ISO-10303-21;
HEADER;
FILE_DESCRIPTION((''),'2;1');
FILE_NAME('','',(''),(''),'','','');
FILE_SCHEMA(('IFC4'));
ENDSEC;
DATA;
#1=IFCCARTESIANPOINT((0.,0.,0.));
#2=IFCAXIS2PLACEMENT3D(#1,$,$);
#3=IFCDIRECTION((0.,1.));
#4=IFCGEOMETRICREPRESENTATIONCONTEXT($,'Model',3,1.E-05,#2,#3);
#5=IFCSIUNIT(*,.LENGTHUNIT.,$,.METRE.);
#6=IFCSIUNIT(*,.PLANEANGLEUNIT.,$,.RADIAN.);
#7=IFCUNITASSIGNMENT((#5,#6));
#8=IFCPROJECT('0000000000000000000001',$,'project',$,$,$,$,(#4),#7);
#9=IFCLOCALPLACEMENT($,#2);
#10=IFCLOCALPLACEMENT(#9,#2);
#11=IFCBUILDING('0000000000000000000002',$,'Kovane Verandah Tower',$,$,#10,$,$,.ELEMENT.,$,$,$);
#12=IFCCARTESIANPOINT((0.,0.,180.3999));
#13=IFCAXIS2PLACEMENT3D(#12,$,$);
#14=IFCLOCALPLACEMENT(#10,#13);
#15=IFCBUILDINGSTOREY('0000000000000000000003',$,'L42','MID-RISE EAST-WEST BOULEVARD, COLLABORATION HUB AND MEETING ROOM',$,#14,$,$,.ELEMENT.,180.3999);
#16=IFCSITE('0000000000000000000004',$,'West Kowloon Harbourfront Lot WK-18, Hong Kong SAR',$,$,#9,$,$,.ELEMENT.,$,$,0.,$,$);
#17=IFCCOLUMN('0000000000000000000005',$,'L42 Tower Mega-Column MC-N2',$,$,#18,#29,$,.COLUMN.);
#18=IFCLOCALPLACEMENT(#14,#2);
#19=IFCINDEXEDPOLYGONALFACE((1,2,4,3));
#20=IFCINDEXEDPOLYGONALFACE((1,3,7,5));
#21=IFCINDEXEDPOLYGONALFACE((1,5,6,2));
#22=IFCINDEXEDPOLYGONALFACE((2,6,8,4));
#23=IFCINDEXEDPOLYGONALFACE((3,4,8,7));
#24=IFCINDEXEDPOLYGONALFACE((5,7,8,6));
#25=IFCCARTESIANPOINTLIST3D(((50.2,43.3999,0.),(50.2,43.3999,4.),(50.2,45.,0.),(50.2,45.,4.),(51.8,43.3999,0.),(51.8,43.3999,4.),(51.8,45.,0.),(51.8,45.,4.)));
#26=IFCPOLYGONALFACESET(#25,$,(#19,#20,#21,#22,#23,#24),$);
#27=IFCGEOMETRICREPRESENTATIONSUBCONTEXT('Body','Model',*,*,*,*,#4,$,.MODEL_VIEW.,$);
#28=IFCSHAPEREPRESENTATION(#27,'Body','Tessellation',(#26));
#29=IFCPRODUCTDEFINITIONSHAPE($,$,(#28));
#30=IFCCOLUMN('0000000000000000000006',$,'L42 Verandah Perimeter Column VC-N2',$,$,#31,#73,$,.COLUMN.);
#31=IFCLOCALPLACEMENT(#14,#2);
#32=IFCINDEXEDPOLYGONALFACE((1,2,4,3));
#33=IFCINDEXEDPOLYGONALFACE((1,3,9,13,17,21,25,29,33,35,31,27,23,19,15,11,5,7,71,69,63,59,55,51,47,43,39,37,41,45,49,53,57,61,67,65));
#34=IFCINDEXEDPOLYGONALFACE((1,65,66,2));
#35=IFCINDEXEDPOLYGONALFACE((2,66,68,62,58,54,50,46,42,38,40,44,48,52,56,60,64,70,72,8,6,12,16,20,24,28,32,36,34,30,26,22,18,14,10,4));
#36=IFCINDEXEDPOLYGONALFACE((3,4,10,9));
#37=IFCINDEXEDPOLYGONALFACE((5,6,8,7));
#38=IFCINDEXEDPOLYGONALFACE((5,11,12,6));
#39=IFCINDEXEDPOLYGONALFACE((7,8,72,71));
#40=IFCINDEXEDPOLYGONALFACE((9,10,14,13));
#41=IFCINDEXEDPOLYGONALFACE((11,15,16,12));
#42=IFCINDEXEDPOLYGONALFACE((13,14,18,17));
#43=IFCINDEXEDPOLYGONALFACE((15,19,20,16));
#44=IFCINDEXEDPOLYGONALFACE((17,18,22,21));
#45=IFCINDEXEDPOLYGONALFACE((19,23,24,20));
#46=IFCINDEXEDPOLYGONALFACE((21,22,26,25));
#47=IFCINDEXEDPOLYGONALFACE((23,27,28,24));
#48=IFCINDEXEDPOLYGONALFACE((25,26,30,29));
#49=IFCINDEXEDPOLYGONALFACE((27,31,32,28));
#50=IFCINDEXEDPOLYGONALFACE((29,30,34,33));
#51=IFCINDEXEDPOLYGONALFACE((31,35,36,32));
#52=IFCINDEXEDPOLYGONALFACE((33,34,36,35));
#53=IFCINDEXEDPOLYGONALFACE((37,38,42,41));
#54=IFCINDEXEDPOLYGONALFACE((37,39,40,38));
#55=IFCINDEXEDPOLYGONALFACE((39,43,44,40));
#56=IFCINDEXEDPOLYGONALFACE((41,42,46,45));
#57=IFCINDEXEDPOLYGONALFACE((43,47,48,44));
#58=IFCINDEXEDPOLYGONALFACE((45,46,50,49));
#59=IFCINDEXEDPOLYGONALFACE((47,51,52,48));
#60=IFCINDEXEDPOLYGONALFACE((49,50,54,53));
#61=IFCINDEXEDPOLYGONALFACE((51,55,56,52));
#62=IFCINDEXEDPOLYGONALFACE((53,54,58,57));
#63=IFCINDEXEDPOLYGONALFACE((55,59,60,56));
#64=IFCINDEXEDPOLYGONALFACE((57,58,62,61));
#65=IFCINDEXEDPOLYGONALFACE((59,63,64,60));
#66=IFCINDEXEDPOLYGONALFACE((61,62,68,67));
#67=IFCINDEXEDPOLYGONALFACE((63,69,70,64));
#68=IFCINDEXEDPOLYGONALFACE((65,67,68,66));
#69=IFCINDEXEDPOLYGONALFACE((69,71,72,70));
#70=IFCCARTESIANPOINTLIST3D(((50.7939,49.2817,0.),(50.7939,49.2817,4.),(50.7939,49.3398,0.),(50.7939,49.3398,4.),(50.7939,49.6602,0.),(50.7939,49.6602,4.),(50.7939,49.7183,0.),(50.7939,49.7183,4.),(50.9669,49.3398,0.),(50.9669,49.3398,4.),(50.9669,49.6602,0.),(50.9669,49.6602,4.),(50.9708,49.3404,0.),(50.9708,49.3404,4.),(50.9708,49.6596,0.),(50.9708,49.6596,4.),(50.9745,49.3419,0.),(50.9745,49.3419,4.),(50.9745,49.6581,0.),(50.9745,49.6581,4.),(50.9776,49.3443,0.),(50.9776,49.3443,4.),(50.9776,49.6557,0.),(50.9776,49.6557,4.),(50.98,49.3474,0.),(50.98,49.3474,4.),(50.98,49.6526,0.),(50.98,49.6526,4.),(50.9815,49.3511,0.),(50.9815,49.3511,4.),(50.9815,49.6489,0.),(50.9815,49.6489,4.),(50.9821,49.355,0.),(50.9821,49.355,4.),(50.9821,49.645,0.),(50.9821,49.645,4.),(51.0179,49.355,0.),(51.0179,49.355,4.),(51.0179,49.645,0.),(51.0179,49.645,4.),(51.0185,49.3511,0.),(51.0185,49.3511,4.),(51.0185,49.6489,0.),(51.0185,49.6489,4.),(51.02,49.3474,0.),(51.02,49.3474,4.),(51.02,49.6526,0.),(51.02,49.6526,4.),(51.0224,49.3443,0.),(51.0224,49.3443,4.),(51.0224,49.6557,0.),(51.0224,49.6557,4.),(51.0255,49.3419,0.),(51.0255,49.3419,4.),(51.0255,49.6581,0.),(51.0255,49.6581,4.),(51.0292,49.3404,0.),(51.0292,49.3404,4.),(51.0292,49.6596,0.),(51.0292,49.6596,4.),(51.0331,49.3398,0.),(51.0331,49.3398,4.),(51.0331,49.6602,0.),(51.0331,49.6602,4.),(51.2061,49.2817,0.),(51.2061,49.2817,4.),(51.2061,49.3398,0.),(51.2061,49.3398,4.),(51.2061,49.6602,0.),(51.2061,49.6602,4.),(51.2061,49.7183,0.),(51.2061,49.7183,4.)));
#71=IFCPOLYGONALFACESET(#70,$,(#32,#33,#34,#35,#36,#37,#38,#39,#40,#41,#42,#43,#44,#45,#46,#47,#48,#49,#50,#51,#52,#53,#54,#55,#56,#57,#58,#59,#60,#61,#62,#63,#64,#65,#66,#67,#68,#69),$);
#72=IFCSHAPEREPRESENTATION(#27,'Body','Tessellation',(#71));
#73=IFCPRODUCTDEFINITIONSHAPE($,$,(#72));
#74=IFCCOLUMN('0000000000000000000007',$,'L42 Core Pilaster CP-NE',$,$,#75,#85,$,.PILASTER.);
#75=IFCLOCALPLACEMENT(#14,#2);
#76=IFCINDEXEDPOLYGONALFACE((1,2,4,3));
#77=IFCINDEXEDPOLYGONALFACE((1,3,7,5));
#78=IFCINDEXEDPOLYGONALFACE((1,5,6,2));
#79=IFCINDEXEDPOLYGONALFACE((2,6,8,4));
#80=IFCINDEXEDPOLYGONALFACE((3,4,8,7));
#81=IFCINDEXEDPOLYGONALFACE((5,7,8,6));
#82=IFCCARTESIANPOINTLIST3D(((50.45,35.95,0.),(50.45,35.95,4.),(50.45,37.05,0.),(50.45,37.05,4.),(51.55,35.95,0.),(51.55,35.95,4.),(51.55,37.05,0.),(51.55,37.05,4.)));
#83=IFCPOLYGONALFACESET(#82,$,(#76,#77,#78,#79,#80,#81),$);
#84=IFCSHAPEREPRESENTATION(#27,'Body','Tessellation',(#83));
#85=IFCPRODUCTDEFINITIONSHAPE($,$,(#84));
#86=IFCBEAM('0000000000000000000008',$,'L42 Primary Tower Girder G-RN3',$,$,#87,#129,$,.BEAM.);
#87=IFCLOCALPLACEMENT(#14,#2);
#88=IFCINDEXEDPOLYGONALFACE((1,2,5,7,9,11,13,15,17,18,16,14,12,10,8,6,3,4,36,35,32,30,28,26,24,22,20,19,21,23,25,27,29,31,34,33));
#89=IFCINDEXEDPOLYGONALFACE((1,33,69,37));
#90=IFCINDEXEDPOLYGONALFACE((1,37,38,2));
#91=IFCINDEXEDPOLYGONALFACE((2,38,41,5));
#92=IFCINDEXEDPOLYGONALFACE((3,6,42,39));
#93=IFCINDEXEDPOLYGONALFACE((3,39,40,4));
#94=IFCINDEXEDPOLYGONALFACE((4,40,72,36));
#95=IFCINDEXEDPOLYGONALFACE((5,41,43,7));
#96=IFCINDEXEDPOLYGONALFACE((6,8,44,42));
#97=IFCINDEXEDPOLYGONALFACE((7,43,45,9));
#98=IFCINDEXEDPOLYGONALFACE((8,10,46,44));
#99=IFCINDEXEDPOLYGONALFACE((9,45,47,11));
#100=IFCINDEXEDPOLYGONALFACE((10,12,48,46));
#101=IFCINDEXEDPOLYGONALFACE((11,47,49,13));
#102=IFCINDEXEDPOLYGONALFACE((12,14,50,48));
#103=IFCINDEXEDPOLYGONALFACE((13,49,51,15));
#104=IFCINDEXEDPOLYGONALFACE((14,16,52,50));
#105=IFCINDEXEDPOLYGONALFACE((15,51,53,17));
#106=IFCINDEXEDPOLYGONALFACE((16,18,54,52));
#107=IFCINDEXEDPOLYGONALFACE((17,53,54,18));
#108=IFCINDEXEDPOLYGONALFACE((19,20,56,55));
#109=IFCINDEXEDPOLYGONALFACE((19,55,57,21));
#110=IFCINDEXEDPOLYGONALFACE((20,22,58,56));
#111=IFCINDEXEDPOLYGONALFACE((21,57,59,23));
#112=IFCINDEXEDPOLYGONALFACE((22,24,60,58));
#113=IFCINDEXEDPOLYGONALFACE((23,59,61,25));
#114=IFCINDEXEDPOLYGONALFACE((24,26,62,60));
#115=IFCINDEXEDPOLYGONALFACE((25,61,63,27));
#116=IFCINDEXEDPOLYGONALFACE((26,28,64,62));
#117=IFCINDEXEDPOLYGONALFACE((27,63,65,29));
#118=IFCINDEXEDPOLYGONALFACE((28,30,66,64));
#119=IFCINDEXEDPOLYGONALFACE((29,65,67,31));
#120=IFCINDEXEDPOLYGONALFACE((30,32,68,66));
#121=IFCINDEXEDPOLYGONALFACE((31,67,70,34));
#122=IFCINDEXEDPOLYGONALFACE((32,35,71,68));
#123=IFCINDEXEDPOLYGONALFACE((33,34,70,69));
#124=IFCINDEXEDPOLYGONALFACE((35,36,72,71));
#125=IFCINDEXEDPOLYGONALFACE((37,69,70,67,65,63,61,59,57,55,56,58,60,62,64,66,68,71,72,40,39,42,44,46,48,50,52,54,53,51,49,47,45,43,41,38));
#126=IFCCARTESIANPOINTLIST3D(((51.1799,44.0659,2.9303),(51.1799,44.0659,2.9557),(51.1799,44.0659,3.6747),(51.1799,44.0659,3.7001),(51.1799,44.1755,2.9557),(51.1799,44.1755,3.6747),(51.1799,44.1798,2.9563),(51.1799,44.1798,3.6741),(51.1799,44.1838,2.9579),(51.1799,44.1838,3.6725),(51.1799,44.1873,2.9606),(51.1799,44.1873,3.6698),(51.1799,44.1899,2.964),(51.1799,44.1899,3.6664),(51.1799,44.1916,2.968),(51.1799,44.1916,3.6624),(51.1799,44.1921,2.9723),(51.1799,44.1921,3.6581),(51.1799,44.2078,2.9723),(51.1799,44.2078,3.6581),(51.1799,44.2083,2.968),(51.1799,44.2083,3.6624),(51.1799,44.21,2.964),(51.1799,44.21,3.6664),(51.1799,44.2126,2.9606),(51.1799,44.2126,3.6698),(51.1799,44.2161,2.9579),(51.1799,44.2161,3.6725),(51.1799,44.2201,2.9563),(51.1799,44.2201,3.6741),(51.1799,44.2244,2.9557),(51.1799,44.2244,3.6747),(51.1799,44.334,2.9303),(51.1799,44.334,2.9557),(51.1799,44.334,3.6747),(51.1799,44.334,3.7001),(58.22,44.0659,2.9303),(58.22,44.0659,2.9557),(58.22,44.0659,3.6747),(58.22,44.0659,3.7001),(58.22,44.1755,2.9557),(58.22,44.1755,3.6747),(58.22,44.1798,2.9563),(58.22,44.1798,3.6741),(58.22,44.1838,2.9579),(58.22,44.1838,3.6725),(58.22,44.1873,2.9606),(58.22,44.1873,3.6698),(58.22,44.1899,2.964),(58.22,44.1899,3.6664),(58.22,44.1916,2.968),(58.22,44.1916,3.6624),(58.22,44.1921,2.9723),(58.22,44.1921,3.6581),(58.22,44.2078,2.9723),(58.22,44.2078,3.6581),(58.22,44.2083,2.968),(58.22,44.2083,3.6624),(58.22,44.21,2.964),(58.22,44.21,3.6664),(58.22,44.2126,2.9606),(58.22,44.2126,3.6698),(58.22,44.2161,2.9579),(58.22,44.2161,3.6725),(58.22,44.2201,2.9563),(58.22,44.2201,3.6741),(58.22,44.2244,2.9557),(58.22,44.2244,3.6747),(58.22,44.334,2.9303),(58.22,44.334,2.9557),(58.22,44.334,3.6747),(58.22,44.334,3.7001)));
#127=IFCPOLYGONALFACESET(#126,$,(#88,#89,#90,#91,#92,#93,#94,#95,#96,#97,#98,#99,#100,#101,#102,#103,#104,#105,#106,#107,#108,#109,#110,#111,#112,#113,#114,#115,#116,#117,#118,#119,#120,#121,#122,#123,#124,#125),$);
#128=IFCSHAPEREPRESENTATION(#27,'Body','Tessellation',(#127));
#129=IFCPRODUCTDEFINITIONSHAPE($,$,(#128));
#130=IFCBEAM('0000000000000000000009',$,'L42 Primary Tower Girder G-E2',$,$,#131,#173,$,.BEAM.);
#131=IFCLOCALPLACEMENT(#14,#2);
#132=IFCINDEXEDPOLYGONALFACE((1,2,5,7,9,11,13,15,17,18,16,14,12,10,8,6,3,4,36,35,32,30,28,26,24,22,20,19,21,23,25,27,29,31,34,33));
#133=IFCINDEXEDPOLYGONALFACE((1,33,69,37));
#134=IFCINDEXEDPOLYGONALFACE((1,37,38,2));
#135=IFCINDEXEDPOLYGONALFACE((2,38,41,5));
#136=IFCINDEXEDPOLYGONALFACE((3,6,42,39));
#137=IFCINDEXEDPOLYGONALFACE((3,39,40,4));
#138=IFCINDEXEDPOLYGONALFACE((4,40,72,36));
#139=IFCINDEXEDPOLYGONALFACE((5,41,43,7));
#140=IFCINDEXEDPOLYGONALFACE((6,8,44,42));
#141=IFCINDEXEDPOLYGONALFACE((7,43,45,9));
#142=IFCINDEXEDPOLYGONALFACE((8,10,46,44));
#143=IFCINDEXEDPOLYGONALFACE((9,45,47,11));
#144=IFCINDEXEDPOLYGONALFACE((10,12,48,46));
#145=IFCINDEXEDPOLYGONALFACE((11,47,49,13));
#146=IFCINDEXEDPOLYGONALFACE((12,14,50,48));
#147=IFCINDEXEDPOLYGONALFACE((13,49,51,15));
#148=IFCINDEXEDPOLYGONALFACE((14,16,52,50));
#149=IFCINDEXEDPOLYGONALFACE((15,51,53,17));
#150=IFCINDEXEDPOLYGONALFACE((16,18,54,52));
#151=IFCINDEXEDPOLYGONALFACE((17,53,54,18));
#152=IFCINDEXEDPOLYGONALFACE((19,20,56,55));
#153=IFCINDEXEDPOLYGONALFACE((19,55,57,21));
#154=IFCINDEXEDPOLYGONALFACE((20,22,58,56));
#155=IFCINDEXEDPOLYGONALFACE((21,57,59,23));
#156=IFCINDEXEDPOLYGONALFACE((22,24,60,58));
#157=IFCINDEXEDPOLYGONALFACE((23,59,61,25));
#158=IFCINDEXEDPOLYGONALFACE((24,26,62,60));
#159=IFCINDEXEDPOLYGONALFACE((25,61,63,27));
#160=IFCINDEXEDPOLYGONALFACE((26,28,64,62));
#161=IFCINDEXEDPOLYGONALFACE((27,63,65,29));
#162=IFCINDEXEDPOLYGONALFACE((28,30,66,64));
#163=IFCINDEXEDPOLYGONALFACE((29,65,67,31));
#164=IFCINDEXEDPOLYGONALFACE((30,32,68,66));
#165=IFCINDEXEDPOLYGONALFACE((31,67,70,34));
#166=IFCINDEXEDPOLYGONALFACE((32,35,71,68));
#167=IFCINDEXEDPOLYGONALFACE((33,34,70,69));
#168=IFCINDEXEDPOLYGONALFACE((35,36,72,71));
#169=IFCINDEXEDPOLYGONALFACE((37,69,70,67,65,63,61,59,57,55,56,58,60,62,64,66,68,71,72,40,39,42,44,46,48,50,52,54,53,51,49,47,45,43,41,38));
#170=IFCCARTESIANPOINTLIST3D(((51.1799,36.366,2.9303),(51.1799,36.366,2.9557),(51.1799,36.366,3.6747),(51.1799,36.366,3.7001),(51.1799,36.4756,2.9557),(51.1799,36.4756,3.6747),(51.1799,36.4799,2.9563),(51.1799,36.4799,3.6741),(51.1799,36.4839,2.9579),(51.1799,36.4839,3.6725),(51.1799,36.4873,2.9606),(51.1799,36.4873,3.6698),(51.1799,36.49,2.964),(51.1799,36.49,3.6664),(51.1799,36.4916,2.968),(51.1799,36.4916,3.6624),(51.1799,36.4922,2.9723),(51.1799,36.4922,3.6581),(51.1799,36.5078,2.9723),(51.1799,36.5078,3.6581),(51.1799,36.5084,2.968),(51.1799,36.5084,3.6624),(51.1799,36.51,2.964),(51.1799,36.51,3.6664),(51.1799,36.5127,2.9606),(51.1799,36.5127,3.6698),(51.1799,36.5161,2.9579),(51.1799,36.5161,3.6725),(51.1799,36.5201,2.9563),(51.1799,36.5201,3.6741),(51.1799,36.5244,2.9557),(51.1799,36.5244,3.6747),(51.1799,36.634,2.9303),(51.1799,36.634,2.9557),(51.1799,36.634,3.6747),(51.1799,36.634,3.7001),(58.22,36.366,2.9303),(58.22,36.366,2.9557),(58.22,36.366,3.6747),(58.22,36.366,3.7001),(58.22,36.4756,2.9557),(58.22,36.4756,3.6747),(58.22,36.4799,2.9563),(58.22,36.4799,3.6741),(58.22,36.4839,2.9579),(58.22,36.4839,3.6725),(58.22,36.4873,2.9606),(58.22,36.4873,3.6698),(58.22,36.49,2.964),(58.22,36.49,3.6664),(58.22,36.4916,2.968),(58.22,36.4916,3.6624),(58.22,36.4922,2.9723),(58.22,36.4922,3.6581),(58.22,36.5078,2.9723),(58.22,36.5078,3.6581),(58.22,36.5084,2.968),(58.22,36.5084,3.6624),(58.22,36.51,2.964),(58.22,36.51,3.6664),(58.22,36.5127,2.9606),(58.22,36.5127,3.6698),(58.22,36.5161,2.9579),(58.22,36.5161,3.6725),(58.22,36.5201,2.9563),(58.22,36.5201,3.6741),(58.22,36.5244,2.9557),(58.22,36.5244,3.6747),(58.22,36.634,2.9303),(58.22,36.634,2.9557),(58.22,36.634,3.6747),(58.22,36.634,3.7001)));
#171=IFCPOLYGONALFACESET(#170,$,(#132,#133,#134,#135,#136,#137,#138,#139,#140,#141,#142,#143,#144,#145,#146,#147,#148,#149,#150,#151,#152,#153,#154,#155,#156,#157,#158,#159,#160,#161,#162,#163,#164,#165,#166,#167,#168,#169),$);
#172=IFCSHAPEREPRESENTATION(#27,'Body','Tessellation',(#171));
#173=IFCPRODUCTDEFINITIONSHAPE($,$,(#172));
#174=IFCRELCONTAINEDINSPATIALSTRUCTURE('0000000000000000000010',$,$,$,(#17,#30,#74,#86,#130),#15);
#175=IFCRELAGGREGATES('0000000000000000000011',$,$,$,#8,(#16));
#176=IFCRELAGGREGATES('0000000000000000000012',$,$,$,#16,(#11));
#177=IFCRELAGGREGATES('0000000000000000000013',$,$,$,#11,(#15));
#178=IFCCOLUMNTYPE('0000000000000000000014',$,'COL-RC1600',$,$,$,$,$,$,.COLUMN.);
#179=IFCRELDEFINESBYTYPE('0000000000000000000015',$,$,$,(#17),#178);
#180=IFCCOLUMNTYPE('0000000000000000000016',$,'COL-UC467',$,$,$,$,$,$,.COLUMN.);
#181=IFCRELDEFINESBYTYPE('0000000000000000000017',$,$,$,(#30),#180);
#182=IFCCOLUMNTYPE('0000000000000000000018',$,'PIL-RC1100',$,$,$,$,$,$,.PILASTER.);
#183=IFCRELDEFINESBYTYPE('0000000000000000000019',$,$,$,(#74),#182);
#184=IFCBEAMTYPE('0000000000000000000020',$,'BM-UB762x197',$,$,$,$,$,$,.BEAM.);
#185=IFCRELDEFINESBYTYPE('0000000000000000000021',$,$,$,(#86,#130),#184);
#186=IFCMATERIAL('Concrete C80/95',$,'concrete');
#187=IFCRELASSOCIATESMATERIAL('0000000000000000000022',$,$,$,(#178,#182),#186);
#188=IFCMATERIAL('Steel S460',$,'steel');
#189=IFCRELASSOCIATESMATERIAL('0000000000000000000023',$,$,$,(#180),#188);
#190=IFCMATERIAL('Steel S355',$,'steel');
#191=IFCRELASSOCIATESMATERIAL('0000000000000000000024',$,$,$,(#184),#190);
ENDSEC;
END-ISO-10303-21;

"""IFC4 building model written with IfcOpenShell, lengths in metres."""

from ifc_helpers import new_model, si_unit, direction, frame, origin, origin_2d, place, context, subcontext, project, spatial, rectangle, i_section, extrude, material, material_profile, profile_set, type_object, element, save


model = new_model("IFC4")

# Units and contexts
model_context = context("Model", 3, precision=1e-05, world=origin(), true_north=direction((0.0, 1.0)))
body_context = subcontext(model_context, "Body", "Model", "MODEL_VIEW")
ifc_project = project(units=[si_unit("LENGTHUNIT", "METRE"), si_unit("PLANEANGLEUNIT", "RADIAN")], contexts=[model_context])

# Site, building, storey
site_placement = place(None, origin())
site = spatial("IfcSite", under=ifc_project, at=site_placement, Name="West Kowloon Harbourfront Lot WK-18, Hong Kong SAR", CompositionType="ELEMENT", RefElevation=0.0)
building_placement = place(site_placement, origin())
building = spatial("IfcBuilding", under=site, at=building_placement, Name="Kovane Verandah Tower", CompositionType="ELEMENT")
storey_placement = place(building_placement, frame((0.0, 0.0, 180.3999)))
storey = spatial("IfcBuildingStorey", under=building, at=storey_placement, Name="L42", Description="MID-RISE EAST-WEST BOULEVARD, COLLABORATION HUB AND MEETING ROOM", CompositionType="ELEMENT", Elevation=180.3999)

# Columns
ifc_material_1 = material(Name="Concrete C80/95", Category="concrete")
ifc_material_profile_1 = material_profile(ifc_material_1, rectangle(XDim=1.6001, YDim=1.6001, at=origin_2d()), Name="RC1600x1600")
ifc_profile_set_1 = profile_set([ifc_material_profile_1], Name="Concrete C80/95")
column_type_1 = type_object("IfcColumnType", Name="COL-RC1600", PredefinedType="COLUMN", material=ifc_profile_set_1)
column_1_placement = place(storey_placement, frame((51.0, 44.2, 0.0), z_axis=(0.0, 0.0, 1.0), x_axis=(1.0, 0.0, 0.0)))
element("IfcColumn", 1, at=column_1_placement, inside=storey, type_object=column_type_1, Name="L42 Tower Mega-Column MC-N2", PredefinedType="COLUMN", context=body_context, shape_type="SweptSolid", body=[
    extrude(rectangle(XDim=1.6001, YDim=1.6001, at=origin_2d()), origin(), (0.0, 0.0, 1.0), 4.0),
])
ifc_material_2 = material(Name="Steel S460", Category="steel")
ifc_material_profile_2 = material_profile(ifc_material_2, i_section(OverallWidth=0.4121, OverallDepth=0.4365, WebThickness=0.0359, FlangeThickness=0.0581, FilletRadius=0.0151, at=origin_2d()), Name="UC356x406x467")
ifc_profile_set_2 = profile_set([ifc_material_profile_2], Name="Steel S460")
column_type_2 = type_object("IfcColumnType", Name="COL-UC467", PredefinedType="COLUMN", material=ifc_profile_set_2)
column_2_placement = place(storey_placement, frame((51.0, 49.5, 0.0), z_axis=(0.0, 0.0, 1.0), x_axis=(1.0, 0.0, 0.0)))
element("IfcColumn", 2, at=column_2_placement, inside=storey, type_object=column_type_2, Name="L42 Verandah Perimeter Column VC-N2", PredefinedType="COLUMN", context=body_context, shape_type="SweptSolid", body=[
    extrude(i_section(OverallWidth=0.4121, OverallDepth=0.4365, WebThickness=0.0359, FlangeThickness=0.0581, FilletRadius=0.0151, at=origin_2d()), origin(), (0.0, 0.0, 1.0), 4.0),
])
ifc_material_profile_3 = material_profile(ifc_material_1, rectangle(XDim=1.1001, YDim=1.1001, at=origin_2d()), Name="RC1100x1100")
ifc_profile_set_3 = profile_set([ifc_material_profile_3], Name="Concrete C80/95")
column_type_3 = type_object("IfcColumnType", Name="PIL-RC1100", PredefinedType="PILASTER", material=ifc_profile_set_3)
column_3_placement = place(storey_placement, frame((51.0, 36.5, 0.0), z_axis=(0.0, 0.0, 1.0), x_axis=(1.0, 0.0, 0.0)))
element("IfcColumn", 3, at=column_3_placement, inside=storey, type_object=column_type_3, Name="L42 Core Pilaster CP-NE", PredefinedType="PILASTER", context=body_context, shape_type="SweptSolid", body=[
    extrude(rectangle(XDim=1.1001, YDim=1.1001, at=origin_2d()), origin(), (0.0, 0.0, 1.0), 4.0),
])

# Beams
ifc_material_3 = material(Name="Steel S355", Category="steel")
ifc_material_profile_4 = material_profile(ifc_material_3, i_section(OverallWidth=0.2681, OverallDepth=0.7698, WebThickness=0.0156, FlangeThickness=0.0254, FilletRadius=0.0166, at=origin_2d()), Name="UB762x267x197")
ifc_profile_set_4 = profile_set([ifc_material_profile_4], Name="Steel S355")
beam_type = type_object("IfcBeamType", Name="BM-UB762x197", PredefinedType="BEAM", material=ifc_profile_set_4)
for number, where, z_axis, x_axis, name in (
    (4, (51.1799, 44.2, 3.3152), (1.0, 0.0, 0.0), (0.0, 1.0, 0.0), "L42 Primary Tower Girder G-RN3"),
    (5, (51.1799, 36.5, 3.3152), (1.0, 0.0, 0.0), (0.0, 1.0, 0.0), "L42 Primary Tower Girder G-E2"),
):
    element("IfcBeam", number, at=place(storey_placement, frame(where, z_axis=z_axis, x_axis=x_axis)), inside=storey, type_object=beam_type, Name=name, PredefinedType="BEAM", context=body_context, shape_type="SweptSolid", body=[
        extrude(i_section(OverallWidth=0.2681, OverallDepth=0.7698, WebThickness=0.0156, FlangeThickness=0.0254, FilletRadius=0.0166, at=origin_2d()), origin(), (0.0, 0.0, 1.0), 7.04),
    ])

save(model, "model.ifc")
